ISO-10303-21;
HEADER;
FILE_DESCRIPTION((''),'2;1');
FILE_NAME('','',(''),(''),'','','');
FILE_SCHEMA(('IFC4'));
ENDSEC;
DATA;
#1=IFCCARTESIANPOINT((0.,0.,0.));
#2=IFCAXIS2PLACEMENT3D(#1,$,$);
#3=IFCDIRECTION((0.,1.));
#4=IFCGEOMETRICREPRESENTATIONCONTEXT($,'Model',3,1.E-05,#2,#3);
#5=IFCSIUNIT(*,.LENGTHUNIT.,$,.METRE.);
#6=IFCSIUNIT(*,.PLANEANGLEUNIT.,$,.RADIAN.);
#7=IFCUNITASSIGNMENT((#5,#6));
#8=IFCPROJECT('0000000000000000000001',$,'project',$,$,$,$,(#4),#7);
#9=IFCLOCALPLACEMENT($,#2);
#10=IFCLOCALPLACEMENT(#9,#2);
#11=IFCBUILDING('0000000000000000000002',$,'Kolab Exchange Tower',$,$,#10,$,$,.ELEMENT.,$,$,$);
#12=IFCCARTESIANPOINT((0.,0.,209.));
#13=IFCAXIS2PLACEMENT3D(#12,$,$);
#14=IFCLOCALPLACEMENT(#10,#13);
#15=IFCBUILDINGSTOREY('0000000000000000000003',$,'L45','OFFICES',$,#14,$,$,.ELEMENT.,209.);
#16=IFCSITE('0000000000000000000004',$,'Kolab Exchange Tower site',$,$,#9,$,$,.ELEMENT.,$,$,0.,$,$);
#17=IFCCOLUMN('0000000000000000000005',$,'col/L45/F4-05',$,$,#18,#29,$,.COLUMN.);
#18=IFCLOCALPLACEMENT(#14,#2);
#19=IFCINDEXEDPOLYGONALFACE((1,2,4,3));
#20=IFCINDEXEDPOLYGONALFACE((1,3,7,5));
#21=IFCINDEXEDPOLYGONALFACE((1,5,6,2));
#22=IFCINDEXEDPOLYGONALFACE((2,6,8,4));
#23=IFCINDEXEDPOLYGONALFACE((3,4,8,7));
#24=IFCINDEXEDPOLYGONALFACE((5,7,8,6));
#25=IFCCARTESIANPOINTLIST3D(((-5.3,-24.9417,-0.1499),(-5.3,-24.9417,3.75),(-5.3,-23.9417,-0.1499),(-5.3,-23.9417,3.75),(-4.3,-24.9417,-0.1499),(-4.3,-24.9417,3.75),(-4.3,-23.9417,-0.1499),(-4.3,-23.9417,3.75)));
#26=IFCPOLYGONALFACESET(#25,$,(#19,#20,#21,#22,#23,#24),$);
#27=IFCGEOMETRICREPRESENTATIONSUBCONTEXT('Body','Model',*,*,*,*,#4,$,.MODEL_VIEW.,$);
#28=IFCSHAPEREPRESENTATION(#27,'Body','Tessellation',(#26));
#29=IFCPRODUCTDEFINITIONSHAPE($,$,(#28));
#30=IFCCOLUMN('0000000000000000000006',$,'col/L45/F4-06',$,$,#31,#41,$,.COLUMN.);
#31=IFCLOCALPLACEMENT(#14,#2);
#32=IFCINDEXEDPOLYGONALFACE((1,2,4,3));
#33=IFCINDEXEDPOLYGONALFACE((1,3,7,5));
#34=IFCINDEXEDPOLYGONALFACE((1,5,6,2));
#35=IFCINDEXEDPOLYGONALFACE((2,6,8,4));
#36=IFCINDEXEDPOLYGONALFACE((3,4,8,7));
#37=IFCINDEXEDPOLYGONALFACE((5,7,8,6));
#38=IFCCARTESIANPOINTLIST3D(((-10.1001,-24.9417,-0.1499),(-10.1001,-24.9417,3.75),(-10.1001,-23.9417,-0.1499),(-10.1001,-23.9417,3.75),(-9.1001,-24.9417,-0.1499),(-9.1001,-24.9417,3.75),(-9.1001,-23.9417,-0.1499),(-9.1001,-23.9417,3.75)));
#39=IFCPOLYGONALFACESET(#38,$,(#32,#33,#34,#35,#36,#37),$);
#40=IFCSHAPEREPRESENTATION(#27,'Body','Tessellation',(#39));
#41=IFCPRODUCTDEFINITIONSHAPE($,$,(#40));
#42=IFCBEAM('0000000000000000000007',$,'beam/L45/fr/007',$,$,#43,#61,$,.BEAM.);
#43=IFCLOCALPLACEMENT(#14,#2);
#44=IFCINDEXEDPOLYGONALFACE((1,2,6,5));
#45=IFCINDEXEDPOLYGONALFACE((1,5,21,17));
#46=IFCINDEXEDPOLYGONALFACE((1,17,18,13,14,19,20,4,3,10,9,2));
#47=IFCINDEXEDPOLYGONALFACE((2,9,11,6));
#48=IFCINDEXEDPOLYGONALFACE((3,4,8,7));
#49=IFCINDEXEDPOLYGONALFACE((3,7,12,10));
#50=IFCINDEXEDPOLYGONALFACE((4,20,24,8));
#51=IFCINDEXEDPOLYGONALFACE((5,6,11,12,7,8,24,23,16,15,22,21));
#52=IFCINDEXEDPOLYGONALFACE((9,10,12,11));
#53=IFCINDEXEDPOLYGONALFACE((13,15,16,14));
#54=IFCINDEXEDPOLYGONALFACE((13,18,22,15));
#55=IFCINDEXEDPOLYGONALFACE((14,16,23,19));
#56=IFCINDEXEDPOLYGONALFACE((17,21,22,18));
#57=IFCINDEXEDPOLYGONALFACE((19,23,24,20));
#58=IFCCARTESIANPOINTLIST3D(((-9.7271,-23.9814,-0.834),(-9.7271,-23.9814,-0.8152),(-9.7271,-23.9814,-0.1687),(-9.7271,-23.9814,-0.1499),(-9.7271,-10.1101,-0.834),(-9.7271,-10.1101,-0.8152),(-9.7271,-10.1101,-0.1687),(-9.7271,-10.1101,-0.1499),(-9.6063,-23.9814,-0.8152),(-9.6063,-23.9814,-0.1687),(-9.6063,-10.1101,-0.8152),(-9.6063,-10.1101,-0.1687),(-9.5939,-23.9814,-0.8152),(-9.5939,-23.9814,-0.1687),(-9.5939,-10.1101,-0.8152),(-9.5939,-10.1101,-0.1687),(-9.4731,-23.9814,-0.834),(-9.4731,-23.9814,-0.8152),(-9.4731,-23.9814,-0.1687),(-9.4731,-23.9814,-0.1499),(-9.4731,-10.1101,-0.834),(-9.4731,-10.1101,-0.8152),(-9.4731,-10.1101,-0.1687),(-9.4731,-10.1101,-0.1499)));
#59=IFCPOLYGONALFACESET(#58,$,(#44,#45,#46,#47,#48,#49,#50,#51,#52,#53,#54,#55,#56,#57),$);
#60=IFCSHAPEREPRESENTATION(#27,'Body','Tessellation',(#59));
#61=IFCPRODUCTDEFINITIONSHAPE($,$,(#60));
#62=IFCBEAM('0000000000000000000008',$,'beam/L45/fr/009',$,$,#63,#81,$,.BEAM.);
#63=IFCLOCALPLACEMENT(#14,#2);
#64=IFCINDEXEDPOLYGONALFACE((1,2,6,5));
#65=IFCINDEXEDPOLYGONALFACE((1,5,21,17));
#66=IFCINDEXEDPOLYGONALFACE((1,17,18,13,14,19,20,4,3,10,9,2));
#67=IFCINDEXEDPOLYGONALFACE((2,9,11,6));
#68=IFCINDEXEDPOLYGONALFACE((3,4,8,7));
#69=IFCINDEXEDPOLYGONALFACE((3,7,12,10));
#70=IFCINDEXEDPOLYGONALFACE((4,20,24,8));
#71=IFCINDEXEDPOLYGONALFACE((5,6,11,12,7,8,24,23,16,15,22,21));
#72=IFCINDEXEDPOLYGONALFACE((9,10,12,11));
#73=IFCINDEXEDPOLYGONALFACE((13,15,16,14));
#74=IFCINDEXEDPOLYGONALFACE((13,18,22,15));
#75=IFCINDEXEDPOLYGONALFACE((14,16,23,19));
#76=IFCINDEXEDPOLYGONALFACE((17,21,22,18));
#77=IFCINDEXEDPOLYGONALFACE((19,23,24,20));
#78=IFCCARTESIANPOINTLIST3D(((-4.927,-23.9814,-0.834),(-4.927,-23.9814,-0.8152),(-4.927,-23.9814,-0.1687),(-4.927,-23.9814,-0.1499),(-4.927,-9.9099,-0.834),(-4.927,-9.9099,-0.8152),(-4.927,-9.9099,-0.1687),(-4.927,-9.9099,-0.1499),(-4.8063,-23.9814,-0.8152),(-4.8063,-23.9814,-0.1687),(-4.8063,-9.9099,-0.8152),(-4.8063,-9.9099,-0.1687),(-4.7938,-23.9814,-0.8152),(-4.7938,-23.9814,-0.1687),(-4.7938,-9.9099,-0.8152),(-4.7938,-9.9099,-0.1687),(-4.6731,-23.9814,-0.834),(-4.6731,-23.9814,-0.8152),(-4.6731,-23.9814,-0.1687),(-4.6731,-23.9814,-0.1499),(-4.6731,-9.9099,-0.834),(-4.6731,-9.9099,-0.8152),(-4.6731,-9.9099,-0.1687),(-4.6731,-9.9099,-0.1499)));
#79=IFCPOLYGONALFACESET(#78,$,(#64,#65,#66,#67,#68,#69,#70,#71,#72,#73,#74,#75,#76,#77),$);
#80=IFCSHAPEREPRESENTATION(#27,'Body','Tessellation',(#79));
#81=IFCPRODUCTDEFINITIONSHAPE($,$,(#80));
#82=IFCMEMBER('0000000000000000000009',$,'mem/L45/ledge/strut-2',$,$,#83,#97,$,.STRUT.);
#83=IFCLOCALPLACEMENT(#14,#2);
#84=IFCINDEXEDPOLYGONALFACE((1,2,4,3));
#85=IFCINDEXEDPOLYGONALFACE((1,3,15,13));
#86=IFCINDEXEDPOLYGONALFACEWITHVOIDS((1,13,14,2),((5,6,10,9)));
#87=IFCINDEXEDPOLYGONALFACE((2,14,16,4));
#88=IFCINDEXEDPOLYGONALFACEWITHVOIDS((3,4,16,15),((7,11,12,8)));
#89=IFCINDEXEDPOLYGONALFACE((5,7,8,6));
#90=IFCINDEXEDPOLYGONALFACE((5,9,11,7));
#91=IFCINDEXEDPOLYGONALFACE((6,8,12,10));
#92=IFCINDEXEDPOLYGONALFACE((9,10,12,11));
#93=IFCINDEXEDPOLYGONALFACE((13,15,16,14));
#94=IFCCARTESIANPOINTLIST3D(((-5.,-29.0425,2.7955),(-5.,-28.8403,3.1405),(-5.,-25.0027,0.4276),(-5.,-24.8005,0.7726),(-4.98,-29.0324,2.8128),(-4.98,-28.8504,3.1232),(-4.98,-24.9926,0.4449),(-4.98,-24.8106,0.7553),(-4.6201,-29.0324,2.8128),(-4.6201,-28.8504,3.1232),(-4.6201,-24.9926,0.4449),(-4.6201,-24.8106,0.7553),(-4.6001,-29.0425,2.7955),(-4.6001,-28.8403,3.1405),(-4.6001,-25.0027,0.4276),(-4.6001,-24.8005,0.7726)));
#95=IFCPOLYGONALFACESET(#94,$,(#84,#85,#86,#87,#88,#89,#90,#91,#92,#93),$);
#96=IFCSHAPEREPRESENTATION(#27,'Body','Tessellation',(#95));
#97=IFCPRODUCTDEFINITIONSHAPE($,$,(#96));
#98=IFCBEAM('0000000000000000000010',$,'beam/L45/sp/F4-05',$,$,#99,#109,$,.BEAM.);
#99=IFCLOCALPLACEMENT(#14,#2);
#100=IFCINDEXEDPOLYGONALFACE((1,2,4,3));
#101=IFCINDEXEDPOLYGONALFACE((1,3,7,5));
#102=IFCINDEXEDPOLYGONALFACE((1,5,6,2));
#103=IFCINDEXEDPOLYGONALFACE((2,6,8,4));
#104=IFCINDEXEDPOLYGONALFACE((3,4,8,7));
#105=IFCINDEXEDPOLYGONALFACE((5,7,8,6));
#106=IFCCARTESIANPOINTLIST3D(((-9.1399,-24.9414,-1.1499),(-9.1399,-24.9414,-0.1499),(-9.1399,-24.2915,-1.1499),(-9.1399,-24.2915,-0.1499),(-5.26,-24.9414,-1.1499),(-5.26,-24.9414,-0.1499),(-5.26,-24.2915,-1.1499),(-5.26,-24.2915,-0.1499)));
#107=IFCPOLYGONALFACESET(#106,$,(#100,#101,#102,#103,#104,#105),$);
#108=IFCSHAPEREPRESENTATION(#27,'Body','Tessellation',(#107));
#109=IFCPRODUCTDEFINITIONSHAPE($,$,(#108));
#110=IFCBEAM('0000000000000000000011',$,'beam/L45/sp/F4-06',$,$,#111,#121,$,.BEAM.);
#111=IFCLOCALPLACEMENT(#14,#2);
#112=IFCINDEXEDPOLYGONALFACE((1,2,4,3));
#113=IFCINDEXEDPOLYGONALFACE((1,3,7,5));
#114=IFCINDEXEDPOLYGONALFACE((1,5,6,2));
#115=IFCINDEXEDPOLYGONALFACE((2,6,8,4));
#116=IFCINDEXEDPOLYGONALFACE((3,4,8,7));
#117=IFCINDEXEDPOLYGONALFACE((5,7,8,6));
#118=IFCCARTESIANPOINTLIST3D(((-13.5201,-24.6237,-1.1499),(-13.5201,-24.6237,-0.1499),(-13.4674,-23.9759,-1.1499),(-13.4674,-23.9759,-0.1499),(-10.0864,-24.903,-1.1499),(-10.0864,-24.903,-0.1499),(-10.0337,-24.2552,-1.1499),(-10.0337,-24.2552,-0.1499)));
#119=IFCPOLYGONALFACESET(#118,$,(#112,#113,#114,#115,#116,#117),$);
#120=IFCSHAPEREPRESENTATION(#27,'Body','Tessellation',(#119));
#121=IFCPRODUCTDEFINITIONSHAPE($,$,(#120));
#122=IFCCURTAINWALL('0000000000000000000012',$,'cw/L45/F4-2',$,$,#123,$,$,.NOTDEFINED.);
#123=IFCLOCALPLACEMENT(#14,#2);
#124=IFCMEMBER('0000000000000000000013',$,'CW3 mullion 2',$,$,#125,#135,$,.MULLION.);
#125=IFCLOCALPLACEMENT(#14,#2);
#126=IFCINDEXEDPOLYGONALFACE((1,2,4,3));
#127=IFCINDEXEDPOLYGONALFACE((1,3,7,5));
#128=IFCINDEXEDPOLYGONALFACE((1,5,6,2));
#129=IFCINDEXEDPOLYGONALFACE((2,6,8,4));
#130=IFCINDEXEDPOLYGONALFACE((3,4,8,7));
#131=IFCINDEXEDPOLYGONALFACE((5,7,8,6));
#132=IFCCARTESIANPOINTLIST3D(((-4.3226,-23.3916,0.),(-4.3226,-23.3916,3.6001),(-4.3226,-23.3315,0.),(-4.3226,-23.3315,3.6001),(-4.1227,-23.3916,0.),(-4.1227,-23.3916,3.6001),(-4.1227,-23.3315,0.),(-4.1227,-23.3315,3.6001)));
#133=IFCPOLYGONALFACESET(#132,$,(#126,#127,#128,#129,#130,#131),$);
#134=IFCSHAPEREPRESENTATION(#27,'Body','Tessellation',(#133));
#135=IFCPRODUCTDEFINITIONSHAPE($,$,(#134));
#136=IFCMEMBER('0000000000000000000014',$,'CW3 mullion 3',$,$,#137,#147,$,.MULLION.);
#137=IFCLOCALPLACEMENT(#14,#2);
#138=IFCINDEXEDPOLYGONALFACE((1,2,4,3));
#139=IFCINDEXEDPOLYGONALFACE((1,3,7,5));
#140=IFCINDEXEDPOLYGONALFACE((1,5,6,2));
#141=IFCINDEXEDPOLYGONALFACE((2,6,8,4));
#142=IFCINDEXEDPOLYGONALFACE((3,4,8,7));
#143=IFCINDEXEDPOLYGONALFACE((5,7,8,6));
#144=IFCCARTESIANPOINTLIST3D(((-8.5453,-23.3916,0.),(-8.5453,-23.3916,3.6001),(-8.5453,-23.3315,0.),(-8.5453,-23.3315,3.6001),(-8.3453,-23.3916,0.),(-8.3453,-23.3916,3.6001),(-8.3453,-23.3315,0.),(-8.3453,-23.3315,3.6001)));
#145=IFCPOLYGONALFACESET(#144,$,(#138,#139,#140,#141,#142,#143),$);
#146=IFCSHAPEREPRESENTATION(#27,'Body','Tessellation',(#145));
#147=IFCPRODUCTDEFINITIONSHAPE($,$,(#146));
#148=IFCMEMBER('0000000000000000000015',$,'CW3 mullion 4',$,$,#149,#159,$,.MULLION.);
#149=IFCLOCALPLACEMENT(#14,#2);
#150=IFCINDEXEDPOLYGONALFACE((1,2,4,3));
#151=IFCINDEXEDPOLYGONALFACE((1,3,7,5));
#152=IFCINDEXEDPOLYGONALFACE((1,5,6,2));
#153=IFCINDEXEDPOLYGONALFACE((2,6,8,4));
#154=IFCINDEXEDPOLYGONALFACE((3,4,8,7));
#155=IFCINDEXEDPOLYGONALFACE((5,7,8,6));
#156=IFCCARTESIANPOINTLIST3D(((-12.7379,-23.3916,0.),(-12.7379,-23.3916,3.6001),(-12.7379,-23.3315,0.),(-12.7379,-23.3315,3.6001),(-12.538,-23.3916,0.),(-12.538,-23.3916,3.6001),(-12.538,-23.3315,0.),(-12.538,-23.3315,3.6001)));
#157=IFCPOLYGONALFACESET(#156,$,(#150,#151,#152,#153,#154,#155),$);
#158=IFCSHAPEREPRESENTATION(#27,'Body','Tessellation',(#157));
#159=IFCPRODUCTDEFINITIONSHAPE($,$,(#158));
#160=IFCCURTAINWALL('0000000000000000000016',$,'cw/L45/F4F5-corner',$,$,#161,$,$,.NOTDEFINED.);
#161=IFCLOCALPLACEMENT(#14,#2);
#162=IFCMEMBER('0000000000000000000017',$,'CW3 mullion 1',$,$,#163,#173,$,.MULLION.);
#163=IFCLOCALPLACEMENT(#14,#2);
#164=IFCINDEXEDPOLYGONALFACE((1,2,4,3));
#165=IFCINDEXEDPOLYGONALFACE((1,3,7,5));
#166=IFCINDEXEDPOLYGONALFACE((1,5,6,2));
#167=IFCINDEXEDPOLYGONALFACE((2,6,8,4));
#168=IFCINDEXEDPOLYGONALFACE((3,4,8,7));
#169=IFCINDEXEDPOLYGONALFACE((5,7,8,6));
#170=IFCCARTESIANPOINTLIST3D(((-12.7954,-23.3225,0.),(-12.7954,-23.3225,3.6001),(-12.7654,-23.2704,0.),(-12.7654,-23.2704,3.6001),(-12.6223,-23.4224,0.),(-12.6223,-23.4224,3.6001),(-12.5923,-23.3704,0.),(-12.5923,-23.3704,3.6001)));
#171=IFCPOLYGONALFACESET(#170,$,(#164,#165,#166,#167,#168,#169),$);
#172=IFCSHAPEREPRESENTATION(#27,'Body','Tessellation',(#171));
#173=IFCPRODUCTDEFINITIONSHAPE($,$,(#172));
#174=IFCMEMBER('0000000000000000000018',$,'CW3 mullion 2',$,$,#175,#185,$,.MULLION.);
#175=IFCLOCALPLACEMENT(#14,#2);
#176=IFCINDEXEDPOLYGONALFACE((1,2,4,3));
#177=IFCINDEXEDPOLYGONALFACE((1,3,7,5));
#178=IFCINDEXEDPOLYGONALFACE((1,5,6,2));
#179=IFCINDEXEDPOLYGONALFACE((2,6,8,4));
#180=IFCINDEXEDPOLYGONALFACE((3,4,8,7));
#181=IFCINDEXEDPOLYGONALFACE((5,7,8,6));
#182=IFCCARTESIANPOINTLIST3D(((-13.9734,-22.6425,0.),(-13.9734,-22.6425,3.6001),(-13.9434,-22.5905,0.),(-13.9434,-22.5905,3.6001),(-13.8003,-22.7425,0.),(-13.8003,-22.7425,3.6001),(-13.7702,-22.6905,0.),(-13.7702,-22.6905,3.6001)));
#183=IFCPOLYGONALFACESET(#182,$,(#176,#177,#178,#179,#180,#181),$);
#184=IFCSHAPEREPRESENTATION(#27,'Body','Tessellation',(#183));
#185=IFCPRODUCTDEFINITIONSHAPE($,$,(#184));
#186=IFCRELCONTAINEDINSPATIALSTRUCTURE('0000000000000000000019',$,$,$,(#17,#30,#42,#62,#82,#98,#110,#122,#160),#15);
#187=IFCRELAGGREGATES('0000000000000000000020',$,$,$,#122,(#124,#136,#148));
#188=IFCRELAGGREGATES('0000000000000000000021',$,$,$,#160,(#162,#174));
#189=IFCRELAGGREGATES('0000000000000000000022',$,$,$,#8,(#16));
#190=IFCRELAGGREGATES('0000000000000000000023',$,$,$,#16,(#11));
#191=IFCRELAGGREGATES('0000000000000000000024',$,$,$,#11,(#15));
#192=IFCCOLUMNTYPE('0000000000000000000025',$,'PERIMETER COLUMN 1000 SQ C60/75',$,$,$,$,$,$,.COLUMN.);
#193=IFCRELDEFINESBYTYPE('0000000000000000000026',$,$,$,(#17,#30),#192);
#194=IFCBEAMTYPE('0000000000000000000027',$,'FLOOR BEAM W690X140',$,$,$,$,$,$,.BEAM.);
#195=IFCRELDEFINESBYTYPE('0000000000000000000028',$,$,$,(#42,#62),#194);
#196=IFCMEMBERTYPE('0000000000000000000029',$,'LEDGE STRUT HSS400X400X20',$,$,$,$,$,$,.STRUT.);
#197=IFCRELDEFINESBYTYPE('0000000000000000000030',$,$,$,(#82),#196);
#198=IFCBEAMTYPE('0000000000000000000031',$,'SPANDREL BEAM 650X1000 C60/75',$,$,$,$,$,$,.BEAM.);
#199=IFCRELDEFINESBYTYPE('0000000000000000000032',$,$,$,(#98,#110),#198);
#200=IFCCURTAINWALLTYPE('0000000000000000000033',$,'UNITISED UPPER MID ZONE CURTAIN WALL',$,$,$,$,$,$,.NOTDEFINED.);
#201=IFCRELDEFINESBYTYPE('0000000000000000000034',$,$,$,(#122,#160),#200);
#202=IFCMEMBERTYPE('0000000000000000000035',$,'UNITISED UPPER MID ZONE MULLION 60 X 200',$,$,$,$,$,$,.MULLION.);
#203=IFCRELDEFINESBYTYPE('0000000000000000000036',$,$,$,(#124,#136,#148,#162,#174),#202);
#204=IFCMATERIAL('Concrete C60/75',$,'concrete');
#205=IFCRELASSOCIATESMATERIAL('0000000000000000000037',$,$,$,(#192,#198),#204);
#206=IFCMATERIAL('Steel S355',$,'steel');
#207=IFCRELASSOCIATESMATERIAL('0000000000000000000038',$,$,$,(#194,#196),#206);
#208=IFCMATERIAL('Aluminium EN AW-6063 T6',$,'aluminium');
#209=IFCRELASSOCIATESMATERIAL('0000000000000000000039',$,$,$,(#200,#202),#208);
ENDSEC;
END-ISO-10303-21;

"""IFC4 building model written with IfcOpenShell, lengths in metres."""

from ifc_helpers import new_model, si_unit, direction, frame, origin, origin_2d, place, context, subcontext, project, spatial, rectangle, hollow_rectangle, i_section, extrude, material, material_profile, profile_set, type_object, element, aggregate, save


model = new_model("IFC4")

# Units and contexts
model_context = context("Model", 3, precision=1e-05, world=origin(), true_north=direction((0.0, 1.0)))
body_context = subcontext(model_context, "Body", "Model", "MODEL_VIEW")
ifc_project = project(units=[si_unit("LENGTHUNIT", "METRE"), si_unit("PLANEANGLEUNIT", "RADIAN")], contexts=[model_context])

# Site, building, storey
site_placement = place(None, origin())
site = spatial("IfcSite", under=ifc_project, at=site_placement, Name="Kolab Exchange Tower site", CompositionType="ELEMENT", RefElevation=0.0)
building_placement = place(site_placement, origin())
building = spatial("IfcBuilding", under=site, at=building_placement, Name="Kolab Exchange Tower", CompositionType="ELEMENT")
storey_placement = place(building_placement, frame((0.0, 0.0, 209.0)))
storey = spatial("IfcBuildingStorey", under=building, at=storey_placement, Name="L45", Description="OFFICES", CompositionType="ELEMENT", Elevation=209.0)

# Columns
ifc_material_1 = material(Name="Concrete C60/75", Category="concrete")
ifc_material_profile_1 = material_profile(ifc_material_1, rectangle(XDim=1.0, YDim=1.0, at=origin_2d()), Name="RC1000")
ifc_profile_set_1 = profile_set([ifc_material_profile_1], Name="Concrete C60/75")
column_type = type_object("IfcColumnType", Name="PERIMETER COLUMN 1000 SQ C60/75", PredefinedType="COLUMN", material=ifc_profile_set_1)
for number, where, z_axis, x_axis, name in (
    (1, (-4.8, -24.4417, -0.1499), (0.0, 0.0, 1.0), (1.0, 0.0, 0.0), "col/L45/F4-05"),
    (2, (-9.6001, -24.4417, -0.1499), (0.0, 0.0, 1.0), (1.0, 0.0, 0.0), "col/L45/F4-06"),
):
    element("IfcColumn", number, at=place(storey_placement, frame(where, z_axis=z_axis, x_axis=x_axis)), inside=storey, type_object=column_type, Name=name, PredefinedType="COLUMN", context=body_context, shape_type="SweptSolid", body=[
        extrude(rectangle(XDim=1.0, YDim=1.0, at=origin_2d()), origin(), (0.0, 0.0, 1.0), 3.8999),
    ])

# Beams
ifc_material_2 = material(Name="Steel S355", Category="steel")
ifc_material_profile_2 = material_profile(ifc_material_2, i_section(OverallWidth=0.2539, OverallDepth=0.6841, WebThickness=0.0125, FlangeThickness=0.0188, at=origin_2d()), Name="W690X140")
ifc_profile_set_2 = profile_set([ifc_material_profile_2], Name="Steel S355")
beam_type_1 = type_object("IfcBeamType", Name="FLOOR BEAM W690X140", PredefinedType="BEAM", material=ifc_profile_set_2)
beam_1_placement = place(storey_placement, frame((-9.6001, -23.9814, -0.4919), z_axis=(0.0, 1.0, 0.0), x_axis=(-1.0, 0.0, 0.0)))
element("IfcBeam", 3, at=beam_1_placement, inside=storey, type_object=beam_type_1, Name="beam/L45/fr/007", PredefinedType="BEAM", context=body_context, shape_type="SweptSolid", body=[
    extrude(i_section(OverallWidth=0.2539, OverallDepth=0.6841, WebThickness=0.0125, FlangeThickness=0.0188, at=origin_2d()), origin(), (0.0, 0.0, 1.0), 13.8713),
])
beam_2_placement = place(storey_placement, frame((-4.8, -23.9814, -0.4919), z_axis=(0.0, 1.0, 0.0), x_axis=(-1.0, 0.0, 0.0)))
element("IfcBeam", 4, at=beam_2_placement, inside=storey, type_object=beam_type_1, Name="beam/L45/fr/009", PredefinedType="BEAM", context=body_context, shape_type="SweptSolid", body=[
    extrude(i_section(OverallWidth=0.2539, OverallDepth=0.6841, WebThickness=0.0125, FlangeThickness=0.0188, at=origin_2d()), origin(), (0.0, 0.0, 1.0), 14.0715),
])

# Member
ifc_material_profile_3 = material_profile(ifc_material_2, hollow_rectangle(XDim=0.3999, YDim=0.3999, WallThickness=0.02, at=origin_2d()), Name="HSS400X400X20")
ifc_profile_set_3 = profile_set([ifc_material_profile_3], Name="Steel S355")
member_type_1 = type_object("IfcMemberType", Name="LEDGE STRUT HSS400X400X20", PredefinedType="STRUT", material=ifc_profile_set_3)
member_1_placement = place(storey_placement, frame((-4.8, -24.9016, 0.6001), z_axis=(0.0, -0.86272, 0.505682), x_axis=(1.0, 0.0, 0.0)))
element("IfcMember", 5, at=member_1_placement, inside=storey, type_object=member_type_1, Name="mem/L45/ledge/strut-2", PredefinedType="STRUT", context=body_context, shape_type="SweptSolid", body=[
    extrude(hollow_rectangle(XDim=0.3999, YDim=0.3999, WallThickness=0.02, at=origin_2d()), origin(), (0.0, 0.0, 1.0), 4.6826),
])

# Beams
ifc_material_profile_4 = material_profile(ifc_material_1, rectangle(XDim=0.6499, YDim=1.0, at=origin_2d()), Name="RC650X1000")
ifc_profile_set_4 = profile_set([ifc_material_profile_4], Name="Concrete C60/75")
beam_type_2 = type_object("IfcBeamType", Name="SPANDREL BEAM 650X1000 C60/75", PredefinedType="BEAM", material=ifc_profile_set_4)
beam_3_placement = place(storey_placement, frame((-5.26, -24.6165, -0.6499), z_axis=(-1.0, 0.0, 0.0), x_axis=(0.0, -1.0, 0.0)))
element("IfcBeam", 6, at=beam_3_placement, inside=storey, type_object=beam_type_2, Name="beam/L45/sp/F4-05", PredefinedType="BEAM", context=body_context, shape_type="SweptSolid", body=[
    extrude(rectangle(XDim=0.6499, YDim=1.0, at=origin_2d()), origin(), (0.0, 0.0, 1.0), 3.8799),
])
beam_4_placement = place(storey_placement, frame((-10.0601, -24.5791, -0.6499), z_axis=(-0.996708, 0.081069, 0.0), x_axis=(-0.081069, -0.996708, 0.0)))
element("IfcBeam", 7, at=beam_4_placement, inside=storey, type_object=beam_type_2, Name="beam/L45/sp/F4-06", PredefinedType="BEAM", context=body_context, shape_type="SweptSolid", body=[
    extrude(rectangle(XDim=0.6499, YDim=1.0, at=origin_2d()), origin(), (0.0, 0.0, 1.0), 3.4451),
])

# Curtain walls, members
ifc_material_3 = material(Name="Aluminium EN AW-6063 T6", Category="aluminium")
curtain_wall_type = type_object("IfcCurtainWallType", Name="UNITISED UPPER MID ZONE CURTAIN WALL", PredefinedType="NOTDEFINED", material=ifc_material_3)
curtain_wall_1_placement = place(storey_placement, origin())
curtain_wall_1 = element("IfcCurtainWall", 8, at=curtain_wall_1_placement, inside=storey, type_object=curtain_wall_type, Name="cw/L45/F4-2", PredefinedType="NOTDEFINED")
ifc_material_profile_5 = material_profile(ifc_material_3, rectangle(XDim=0.0601, YDim=0.2, at=origin_2d()), Name="RECT 60X200")
ifc_profile_set_5 = profile_set([ifc_material_profile_5], Name="Aluminium EN AW-6063 T6")
member_type_2 = type_object("IfcMemberType", Name="UNITISED UPPER MID ZONE MULLION 60 X 200", PredefinedType="MULLION", material=ifc_profile_set_5)
member_2_placement = place(storey_placement, frame((-4.2227, -23.3616, 0.0), z_axis=(0.0, 0.0, 1.0), x_axis=(0.0, -1.0, 0.0)))
member_2 = element("IfcMember", 9, at=member_2_placement, type_object=member_type_2, Name="CW3 mullion 2", PredefinedType="MULLION", context=body_context, shape_type="SweptSolid", body=[
    extrude(rectangle(XDim=0.0601, YDim=0.2, at=origin_2d()), origin(), (0.0, 0.0, 1.0), 3.6001),
])
member_3_placement = place(storey_placement, frame((-8.4453, -23.3616, 0.0), z_axis=(0.0, 0.0, 1.0), x_axis=(0.0, -1.0, 0.0)))
member_3 = element("IfcMember", 10, at=member_3_placement, type_object=member_type_2, Name="CW3 mullion 3", PredefinedType="MULLION", context=body_context, shape_type="SweptSolid", body=[
    extrude(rectangle(XDim=0.0601, YDim=0.2, at=origin_2d()), origin(), (0.0, 0.0, 1.0), 3.6001),
])
member_4_placement = place(storey_placement, frame((-12.6379, -23.3616, 0.0), z_axis=(0.0, 0.0, 1.0), x_axis=(0.0, -1.0, 0.0)))
member_4 = element("IfcMember", 11, at=member_4_placement, type_object=member_type_2, Name="CW3 mullion 4", PredefinedType="MULLION", context=body_context, shape_type="SweptSolid", body=[
    extrude(rectangle(XDim=0.0601, YDim=0.2, at=origin_2d()), origin(), (0.0, 0.0, 1.0), 3.6001),
])
curtain_wall_2_placement = place(storey_placement, origin())
curtain_wall_2 = element("IfcCurtainWall", 12, at=curtain_wall_2_placement, inside=storey, type_object=curtain_wall_type, Name="cw/L45/F4F5-corner", PredefinedType="NOTDEFINED")
member_5_placement = place(storey_placement, frame((-12.6938, -23.3464, 0.0), z_axis=(0.0, 0.0, 1.0), x_axis=(-0.5, -0.866025, 0.0)))
member_5 = element("IfcMember", 13, at=member_5_placement, type_object=member_type_2, Name="CW3 mullion 1", PredefinedType="MULLION", context=body_context, shape_type="SweptSolid", body=[
    extrude(rectangle(XDim=0.0601, YDim=0.2, at=origin_2d()), origin(), (0.0, 0.0, 1.0), 3.6001),
])
member_6_placement = place(storey_placement, frame((-13.8718, -22.6665, 0.0), z_axis=(0.0, 0.0, 1.0), x_axis=(-0.5, -0.866025, 0.0)))
member_6 = element("IfcMember", 14, at=member_6_placement, type_object=member_type_2, Name="CW3 mullion 2", PredefinedType="MULLION", context=body_context, shape_type="SweptSolid", body=[
    extrude(rectangle(XDim=0.0601, YDim=0.2, at=origin_2d()), origin(), (0.0, 0.0, 1.0), 3.6001),
])

aggregate(curtain_wall_1, [member_2, member_3, member_4])
aggregate(curtain_wall_2, [member_5, member_6])

save(model, "model.ifc")
